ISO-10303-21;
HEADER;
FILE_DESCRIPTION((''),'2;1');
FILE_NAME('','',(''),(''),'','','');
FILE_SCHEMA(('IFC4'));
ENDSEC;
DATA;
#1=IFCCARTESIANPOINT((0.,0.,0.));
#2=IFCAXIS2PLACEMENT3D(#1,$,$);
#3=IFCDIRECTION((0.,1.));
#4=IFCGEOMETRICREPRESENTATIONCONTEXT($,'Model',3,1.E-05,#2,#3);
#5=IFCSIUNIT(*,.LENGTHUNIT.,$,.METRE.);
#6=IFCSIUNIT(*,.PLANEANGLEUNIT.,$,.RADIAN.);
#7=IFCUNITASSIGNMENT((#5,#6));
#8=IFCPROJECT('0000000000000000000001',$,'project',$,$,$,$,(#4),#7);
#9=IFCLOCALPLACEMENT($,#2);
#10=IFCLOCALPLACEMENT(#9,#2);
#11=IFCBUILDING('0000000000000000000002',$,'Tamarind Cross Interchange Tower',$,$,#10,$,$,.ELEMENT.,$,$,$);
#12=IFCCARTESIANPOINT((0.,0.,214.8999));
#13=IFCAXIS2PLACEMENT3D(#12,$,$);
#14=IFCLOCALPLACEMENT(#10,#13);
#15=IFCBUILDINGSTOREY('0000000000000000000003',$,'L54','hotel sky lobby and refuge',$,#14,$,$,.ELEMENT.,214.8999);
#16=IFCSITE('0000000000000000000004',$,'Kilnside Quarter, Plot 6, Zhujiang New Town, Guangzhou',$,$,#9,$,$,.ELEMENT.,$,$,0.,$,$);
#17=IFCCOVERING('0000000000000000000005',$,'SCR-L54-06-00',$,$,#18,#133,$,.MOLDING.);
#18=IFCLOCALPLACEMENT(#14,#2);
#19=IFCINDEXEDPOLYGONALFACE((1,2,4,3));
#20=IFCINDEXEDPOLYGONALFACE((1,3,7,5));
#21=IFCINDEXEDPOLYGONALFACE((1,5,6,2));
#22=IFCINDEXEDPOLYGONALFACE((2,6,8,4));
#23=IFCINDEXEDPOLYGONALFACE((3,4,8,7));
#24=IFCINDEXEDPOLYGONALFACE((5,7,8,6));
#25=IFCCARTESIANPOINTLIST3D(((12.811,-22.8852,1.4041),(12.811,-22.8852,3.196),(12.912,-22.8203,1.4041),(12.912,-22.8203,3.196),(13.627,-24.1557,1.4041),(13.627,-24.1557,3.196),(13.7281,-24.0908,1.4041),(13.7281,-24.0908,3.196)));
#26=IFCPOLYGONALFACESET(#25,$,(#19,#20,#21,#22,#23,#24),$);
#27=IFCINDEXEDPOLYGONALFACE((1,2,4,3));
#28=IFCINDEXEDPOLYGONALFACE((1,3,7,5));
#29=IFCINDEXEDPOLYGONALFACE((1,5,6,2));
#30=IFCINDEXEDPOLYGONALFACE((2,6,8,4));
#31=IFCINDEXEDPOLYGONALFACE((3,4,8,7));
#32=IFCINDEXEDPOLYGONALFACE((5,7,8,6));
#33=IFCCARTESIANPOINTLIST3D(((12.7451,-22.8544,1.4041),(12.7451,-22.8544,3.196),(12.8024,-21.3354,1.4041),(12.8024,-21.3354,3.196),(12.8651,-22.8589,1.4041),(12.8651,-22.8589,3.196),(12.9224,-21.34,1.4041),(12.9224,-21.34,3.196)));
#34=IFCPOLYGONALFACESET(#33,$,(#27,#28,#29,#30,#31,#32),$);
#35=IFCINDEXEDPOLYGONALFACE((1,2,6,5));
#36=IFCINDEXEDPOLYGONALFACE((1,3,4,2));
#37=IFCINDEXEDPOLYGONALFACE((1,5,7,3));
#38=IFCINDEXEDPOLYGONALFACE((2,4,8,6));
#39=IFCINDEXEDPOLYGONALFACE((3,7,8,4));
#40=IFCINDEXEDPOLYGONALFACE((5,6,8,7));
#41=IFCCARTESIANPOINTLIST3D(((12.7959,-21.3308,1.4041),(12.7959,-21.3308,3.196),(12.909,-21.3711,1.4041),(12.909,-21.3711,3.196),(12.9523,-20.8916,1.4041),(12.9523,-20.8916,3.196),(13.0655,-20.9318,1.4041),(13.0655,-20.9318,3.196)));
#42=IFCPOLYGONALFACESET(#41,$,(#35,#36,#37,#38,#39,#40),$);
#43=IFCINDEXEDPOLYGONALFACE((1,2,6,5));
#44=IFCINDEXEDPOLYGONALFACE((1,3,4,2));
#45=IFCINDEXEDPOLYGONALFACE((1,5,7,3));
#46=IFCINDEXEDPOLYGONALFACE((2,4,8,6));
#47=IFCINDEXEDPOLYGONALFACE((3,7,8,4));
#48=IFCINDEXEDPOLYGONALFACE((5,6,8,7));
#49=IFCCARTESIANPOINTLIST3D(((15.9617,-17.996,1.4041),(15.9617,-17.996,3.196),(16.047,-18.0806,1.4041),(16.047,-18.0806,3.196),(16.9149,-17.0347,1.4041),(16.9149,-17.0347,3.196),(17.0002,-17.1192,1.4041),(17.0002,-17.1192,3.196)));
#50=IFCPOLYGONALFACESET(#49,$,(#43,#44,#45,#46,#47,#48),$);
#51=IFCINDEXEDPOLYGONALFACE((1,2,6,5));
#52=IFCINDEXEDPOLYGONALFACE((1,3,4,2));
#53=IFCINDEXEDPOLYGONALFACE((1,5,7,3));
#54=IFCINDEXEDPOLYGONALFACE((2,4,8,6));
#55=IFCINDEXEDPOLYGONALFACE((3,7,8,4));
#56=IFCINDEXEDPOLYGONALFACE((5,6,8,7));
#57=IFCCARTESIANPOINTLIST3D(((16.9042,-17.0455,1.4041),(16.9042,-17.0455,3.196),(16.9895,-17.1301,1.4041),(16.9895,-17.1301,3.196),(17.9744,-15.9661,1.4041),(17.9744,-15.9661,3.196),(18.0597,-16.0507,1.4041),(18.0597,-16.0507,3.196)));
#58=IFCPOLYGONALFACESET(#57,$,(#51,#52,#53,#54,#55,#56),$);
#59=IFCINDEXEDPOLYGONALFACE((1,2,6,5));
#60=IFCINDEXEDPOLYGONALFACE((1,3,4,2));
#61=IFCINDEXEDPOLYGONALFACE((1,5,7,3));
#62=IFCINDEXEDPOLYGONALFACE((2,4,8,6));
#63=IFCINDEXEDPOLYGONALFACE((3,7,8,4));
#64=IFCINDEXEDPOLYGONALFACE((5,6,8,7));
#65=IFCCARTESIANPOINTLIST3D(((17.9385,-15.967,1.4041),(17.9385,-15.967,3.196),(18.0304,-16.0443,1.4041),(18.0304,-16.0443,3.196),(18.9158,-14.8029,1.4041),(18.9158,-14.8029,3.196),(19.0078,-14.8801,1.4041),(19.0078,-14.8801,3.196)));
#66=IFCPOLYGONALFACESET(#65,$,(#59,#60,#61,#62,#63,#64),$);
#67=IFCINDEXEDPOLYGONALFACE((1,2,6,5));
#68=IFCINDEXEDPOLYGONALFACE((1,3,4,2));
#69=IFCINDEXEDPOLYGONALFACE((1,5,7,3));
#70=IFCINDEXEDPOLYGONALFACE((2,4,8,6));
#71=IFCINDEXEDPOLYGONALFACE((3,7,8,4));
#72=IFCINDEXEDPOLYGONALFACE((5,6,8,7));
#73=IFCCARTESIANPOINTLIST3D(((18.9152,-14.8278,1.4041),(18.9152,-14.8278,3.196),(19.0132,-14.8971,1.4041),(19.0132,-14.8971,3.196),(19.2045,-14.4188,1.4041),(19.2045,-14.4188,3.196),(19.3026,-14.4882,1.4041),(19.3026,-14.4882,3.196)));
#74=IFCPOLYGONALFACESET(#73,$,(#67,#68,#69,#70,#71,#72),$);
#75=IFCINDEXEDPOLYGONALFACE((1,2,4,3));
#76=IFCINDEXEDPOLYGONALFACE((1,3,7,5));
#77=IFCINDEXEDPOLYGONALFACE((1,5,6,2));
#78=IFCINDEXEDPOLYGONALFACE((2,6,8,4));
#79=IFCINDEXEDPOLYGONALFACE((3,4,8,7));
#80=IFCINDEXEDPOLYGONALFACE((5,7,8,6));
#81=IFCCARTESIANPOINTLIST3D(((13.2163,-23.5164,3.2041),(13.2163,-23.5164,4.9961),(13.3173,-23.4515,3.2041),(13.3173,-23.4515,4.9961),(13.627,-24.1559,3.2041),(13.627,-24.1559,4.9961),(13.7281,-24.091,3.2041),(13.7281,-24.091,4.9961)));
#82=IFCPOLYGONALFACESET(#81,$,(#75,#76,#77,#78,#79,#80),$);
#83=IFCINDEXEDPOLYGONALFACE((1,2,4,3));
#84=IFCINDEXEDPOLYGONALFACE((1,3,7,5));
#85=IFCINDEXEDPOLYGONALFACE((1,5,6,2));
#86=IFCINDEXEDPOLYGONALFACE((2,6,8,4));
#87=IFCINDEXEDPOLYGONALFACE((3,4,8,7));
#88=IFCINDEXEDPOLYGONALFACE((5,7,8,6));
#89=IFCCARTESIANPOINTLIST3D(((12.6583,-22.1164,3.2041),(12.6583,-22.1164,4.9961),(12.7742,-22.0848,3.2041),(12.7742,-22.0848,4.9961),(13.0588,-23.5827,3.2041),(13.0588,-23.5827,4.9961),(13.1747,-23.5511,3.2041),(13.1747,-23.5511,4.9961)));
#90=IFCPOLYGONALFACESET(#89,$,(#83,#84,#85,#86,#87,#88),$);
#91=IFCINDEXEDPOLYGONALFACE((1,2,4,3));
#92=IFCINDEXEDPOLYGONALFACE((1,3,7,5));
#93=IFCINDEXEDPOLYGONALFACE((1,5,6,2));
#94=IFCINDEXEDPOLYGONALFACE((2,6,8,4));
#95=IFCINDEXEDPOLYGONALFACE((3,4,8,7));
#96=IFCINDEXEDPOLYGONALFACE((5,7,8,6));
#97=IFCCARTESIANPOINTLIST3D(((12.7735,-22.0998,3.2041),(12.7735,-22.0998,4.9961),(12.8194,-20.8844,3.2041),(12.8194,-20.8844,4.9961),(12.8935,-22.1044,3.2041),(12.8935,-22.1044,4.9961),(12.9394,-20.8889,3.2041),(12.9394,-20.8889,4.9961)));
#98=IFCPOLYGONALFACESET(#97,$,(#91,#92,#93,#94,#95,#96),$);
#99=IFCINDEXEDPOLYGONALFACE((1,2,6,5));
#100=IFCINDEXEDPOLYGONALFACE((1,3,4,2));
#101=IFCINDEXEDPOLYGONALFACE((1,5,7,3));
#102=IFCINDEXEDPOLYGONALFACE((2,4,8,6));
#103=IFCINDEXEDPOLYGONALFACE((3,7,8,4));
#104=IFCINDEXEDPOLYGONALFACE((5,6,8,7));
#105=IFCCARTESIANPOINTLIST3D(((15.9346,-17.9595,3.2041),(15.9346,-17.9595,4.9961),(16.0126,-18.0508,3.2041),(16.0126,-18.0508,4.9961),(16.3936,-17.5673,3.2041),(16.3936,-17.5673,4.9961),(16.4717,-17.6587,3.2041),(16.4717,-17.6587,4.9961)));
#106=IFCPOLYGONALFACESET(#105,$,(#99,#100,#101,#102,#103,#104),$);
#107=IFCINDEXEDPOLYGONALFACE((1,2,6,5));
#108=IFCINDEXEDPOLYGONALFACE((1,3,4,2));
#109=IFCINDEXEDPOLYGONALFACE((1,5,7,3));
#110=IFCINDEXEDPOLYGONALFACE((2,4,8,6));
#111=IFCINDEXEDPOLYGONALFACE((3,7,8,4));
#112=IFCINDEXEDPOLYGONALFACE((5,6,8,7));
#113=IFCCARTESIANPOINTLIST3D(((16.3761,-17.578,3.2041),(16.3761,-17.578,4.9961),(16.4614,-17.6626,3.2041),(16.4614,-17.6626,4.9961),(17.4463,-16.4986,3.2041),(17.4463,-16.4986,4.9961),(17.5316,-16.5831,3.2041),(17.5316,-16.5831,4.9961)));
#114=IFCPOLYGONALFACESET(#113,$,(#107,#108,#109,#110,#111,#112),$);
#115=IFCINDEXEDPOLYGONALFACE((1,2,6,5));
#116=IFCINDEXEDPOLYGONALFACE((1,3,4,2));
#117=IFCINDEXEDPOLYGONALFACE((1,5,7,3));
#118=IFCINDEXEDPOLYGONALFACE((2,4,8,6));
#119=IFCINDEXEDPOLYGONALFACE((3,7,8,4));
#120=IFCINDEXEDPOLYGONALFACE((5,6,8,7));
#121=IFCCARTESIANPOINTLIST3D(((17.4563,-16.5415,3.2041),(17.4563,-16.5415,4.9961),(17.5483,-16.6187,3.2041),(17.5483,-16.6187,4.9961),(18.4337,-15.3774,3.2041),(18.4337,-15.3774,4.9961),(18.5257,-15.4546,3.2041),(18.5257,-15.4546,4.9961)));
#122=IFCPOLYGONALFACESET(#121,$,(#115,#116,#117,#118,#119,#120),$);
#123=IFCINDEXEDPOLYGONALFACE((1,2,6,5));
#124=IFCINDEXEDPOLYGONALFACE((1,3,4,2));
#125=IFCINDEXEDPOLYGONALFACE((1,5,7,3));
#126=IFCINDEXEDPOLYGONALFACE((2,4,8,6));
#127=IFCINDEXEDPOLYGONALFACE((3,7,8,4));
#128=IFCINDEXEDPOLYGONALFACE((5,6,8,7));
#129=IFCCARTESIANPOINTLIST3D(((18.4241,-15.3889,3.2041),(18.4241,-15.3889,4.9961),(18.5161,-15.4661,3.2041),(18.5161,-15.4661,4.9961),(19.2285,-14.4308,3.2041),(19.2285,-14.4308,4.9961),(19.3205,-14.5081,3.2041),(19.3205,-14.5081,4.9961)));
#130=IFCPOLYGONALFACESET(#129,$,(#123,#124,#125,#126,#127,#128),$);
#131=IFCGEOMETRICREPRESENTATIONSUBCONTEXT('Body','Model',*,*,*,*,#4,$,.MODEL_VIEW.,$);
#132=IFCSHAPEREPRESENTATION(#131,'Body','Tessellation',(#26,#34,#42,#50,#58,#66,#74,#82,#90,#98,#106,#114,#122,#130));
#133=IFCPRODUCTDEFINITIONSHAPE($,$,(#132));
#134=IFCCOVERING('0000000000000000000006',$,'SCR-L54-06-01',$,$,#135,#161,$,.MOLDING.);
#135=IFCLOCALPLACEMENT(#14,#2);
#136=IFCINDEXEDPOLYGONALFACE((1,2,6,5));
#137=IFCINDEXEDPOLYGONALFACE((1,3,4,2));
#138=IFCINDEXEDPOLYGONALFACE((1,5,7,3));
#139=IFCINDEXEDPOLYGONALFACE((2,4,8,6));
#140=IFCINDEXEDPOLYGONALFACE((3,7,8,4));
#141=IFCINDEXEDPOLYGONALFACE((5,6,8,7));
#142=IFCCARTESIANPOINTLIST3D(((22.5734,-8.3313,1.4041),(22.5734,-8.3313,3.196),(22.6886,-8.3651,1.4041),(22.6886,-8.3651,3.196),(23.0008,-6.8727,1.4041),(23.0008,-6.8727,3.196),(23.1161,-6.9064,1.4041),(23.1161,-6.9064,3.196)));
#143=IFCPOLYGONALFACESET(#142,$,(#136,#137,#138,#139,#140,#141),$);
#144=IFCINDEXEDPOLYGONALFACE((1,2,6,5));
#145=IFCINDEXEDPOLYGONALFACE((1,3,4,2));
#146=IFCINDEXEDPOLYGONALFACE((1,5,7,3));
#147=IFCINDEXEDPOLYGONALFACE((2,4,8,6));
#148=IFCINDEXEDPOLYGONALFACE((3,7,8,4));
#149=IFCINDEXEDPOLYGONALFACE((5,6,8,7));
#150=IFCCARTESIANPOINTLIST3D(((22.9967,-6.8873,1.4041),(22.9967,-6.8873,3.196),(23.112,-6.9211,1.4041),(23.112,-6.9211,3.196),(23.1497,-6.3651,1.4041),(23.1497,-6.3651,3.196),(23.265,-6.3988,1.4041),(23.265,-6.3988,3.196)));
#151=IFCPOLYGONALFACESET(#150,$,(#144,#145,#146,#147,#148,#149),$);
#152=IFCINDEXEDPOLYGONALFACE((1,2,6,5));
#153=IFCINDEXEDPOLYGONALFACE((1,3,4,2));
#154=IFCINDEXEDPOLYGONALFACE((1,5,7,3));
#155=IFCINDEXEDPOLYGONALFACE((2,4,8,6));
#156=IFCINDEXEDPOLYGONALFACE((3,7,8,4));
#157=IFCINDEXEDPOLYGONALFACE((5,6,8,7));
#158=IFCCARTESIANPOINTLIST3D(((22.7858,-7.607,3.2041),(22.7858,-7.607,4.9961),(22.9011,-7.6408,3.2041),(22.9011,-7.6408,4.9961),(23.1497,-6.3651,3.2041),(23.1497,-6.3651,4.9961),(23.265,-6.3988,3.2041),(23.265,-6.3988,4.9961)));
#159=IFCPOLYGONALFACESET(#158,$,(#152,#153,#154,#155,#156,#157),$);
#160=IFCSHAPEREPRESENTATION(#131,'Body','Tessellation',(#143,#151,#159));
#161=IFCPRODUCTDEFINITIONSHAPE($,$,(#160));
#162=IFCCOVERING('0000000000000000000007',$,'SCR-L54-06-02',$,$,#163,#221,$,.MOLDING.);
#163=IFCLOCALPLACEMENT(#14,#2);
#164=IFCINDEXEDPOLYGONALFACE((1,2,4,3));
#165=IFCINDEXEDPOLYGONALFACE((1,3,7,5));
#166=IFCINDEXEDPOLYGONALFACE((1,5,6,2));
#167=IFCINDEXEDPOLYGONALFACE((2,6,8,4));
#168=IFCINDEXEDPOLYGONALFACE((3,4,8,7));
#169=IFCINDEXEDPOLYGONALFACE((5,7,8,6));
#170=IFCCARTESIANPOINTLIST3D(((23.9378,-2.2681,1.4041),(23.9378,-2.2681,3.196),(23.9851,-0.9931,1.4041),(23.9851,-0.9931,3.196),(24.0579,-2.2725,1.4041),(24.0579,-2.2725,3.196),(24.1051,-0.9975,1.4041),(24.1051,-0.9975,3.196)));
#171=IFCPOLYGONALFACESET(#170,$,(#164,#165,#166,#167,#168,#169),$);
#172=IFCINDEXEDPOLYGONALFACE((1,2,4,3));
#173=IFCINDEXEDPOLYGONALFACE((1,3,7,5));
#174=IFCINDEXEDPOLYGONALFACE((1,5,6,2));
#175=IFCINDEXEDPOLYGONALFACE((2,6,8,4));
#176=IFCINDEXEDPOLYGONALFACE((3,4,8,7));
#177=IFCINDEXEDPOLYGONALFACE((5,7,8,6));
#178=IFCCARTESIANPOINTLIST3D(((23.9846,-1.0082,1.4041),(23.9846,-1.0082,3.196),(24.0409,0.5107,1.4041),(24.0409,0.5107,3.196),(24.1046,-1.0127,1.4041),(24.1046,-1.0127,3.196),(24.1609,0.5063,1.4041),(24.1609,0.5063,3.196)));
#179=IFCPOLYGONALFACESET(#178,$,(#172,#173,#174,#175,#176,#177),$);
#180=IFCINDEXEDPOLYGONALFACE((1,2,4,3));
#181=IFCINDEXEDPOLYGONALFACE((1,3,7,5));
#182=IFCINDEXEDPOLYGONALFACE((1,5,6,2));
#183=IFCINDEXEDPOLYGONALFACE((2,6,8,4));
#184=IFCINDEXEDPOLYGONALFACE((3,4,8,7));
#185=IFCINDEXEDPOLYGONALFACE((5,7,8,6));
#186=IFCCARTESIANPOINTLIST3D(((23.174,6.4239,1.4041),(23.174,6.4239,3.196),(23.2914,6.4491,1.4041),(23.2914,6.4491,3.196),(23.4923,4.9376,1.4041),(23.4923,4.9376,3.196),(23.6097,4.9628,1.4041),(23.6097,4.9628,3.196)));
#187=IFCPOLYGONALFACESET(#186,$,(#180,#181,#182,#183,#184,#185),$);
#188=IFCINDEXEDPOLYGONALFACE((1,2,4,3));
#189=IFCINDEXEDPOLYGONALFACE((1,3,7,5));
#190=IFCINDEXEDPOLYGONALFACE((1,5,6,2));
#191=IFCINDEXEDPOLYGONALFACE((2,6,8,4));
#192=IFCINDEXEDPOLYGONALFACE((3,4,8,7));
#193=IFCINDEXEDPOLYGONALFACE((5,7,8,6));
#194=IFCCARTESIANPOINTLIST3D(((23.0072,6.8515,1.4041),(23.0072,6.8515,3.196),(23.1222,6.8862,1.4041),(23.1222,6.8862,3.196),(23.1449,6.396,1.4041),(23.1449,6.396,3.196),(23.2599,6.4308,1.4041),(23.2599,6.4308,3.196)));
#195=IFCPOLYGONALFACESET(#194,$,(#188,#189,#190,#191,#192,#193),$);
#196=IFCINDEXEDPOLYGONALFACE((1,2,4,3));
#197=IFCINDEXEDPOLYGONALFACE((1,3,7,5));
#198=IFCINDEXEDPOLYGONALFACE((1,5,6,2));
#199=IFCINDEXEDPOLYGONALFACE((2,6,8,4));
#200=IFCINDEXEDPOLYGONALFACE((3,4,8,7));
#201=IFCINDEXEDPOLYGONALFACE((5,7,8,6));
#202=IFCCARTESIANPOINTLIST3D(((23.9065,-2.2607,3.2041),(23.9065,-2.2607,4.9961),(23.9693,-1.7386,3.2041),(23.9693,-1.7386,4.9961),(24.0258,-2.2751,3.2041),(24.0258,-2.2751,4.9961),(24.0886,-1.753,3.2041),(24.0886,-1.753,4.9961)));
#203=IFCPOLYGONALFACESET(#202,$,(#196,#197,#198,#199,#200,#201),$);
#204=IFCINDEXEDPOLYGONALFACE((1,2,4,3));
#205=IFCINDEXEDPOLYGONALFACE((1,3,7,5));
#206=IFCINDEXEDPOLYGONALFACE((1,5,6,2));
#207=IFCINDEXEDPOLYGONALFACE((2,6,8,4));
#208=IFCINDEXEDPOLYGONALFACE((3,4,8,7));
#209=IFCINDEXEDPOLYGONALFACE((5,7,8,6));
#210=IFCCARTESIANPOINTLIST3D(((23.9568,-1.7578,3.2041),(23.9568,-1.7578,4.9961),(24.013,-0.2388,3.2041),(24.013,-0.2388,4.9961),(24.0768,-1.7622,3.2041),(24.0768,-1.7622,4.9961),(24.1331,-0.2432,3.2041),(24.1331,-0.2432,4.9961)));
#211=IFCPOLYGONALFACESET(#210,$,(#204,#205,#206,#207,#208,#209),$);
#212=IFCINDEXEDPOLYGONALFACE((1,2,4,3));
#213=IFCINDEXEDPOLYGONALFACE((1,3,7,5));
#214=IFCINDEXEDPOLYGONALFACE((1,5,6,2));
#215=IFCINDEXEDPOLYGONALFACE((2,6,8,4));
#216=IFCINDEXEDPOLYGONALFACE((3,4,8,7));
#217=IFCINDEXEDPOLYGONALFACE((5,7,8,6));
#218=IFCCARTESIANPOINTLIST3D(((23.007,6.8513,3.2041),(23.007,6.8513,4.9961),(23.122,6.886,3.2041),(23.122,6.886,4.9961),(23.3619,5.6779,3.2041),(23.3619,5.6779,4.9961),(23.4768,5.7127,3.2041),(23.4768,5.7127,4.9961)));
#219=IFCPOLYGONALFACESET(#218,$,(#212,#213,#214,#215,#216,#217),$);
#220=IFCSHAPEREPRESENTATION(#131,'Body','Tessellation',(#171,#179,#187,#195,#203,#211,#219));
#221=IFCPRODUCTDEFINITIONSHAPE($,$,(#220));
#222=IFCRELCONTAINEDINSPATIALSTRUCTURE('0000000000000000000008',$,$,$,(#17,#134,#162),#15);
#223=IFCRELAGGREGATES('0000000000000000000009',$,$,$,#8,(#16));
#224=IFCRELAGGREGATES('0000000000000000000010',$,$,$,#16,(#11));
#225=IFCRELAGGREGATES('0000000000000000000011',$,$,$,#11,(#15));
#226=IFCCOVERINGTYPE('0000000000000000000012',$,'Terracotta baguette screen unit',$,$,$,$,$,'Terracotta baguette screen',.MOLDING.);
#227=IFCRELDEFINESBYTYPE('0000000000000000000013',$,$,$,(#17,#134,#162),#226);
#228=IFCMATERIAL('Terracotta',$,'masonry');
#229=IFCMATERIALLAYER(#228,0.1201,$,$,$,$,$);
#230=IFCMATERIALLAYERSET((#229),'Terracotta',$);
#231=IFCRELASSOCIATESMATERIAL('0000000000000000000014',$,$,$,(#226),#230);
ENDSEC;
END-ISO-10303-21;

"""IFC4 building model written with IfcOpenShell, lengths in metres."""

from ifc_helpers import new_model, si_unit, direction, frame, origin, origin_2d, place, context, subcontext, project, spatial, rectangle, extrude, material, layer, layer_set, type_object, element, save


model = new_model("IFC4")

# Units and contexts
model_context = context("Model", 3, precision=1e-05, world=origin(), true_north=direction((0.0, 1.0)))
body_context = subcontext(model_context, "Body", "Model", "MODEL_VIEW")
ifc_project = project(units=[si_unit("LENGTHUNIT", "METRE"), si_unit("PLANEANGLEUNIT", "RADIAN")], contexts=[model_context])

# Site, building, storey
site_placement = place(None, origin())
site = spatial("IfcSite", under=ifc_project, at=site_placement, Name="Kilnside Quarter, Plot 6, Zhujiang New Town, Guangzhou", CompositionType="ELEMENT", RefElevation=0.0)
building_placement = place(site_placement, origin())
building = spatial("IfcBuilding", under=site, at=building_placement, Name="Tamarind Cross Interchange Tower", CompositionType="ELEMENT")
storey_placement = place(building_placement, frame((0.0, 0.0, 214.8999)))
storey = spatial("IfcBuildingStorey", under=building, at=storey_placement, Name="L54", Description="hotel sky lobby and refuge", CompositionType="ELEMENT", Elevation=214.8999)

# Coverings
ifc_material_1 = material(Name="Terracotta", Category="masonry")
ifc_layer_1 = layer(ifc_material_1, 0.1201)
ifc_layer_set_1 = layer_set([ifc_layer_1], Name="Terracotta")
covering_type = type_object("IfcCoveringType", Name="Terracotta baguette screen unit", ElementType="Terracotta baguette screen", PredefinedType="MOLDING", material=ifc_layer_set_1)
covering_1_placement = place(storey_placement, origin())
element("IfcCovering", 1, at=covering_1_placement, inside=storey, type_object=covering_type, Name="SCR-L54-06-00", PredefinedType="MOLDING", context=body_context, shape_type="SweptSolid", body=[
    extrude(rectangle(XDim=1.51, YDim=0.1201, at=origin_2d()), frame((13.2695, -23.488, 1.4041), z_axis=(0.0, 0.0, 1.0), x_axis=(-0.540432, 0.841388, 0.0)), (0.0, 0.0, 1.0), 1.792),
    extrude(rectangle(XDim=1.52, YDim=0.1201, at=origin_2d()), frame((12.8337, -22.0972, 1.4041), z_axis=(0.0, 0.0, 1.0), x_axis=(0.037719, 0.999288, 0.0)), (0.0, 0.0, 1.0), 1.792),
    extrude(rectangle(XDim=0.4663, YDim=0.1201, at=origin_2d()), frame((12.9307, -21.1313, 1.4041), z_axis=(0.0, 0.0, 1.0), x_axis=(0.335435, 0.942063, 0.0)), (0.0, 0.0, 1.0), 1.792),
    extrude(rectangle(XDim=1.3538, YDim=0.1201, at=origin_2d()), frame((16.481, -17.5576, 1.4041), z_axis=(0.0, 0.0, 1.0), x_axis=(0.704057, 0.710143, 0.0)), (0.0, 0.0, 1.0), 1.792),
    extrude(rectangle(XDim=1.52, YDim=0.1201, at=origin_2d()), frame((17.4819, -16.5481, 1.4041), z_axis=(0.0, 0.0, 1.0), x_axis=(0.704057, 0.710143, 0.0)), (0.0, 0.0, 1.0), 1.792),
    extrude(rectangle(XDim=1.52, YDim=0.1201, at=origin_2d()), frame((18.4731, -15.4236, 1.4041), z_axis=(0.0, 0.0, 1.0), x_axis=(0.643009, 0.765858, 0.0)), (0.0, 0.0, 1.0), 1.792),
    extrude(rectangle(XDim=0.501, YDim=0.1201, at=origin_2d()), frame((19.1089, -14.658, 1.4041), z_axis=(0.0, 0.0, 1.0), x_axis=(0.577569, 0.816342, 0.0)), (0.0, 0.0, 1.0), 1.792),
    extrude(rectangle(XDim=0.76, YDim=0.1201, at=origin_2d()), frame((13.4722, -23.8037, 3.2041), z_axis=(0.0, 0.0, 1.0), x_axis=(-0.540432, 0.841388, 0.0)), (0.0, 0.0, 1.0), 1.792),
    extrude(rectangle(XDim=1.52, YDim=0.1201, at=origin_2d()), frame((12.9165, -22.8337, 3.2041), z_axis=(0.0, 0.0, 1.0), x_axis=(-0.263464, 0.964669, 0.0)), (0.0, 0.0, 1.0), 1.792),
    extrude(rectangle(XDim=1.2163, YDim=0.1201, at=origin_2d()), frame((12.8564, -21.4944, 3.2041), z_axis=(0.0, 0.0, 1.0), x_axis=(0.037719, 0.999288, 0.0)), (0.0, 0.0, 1.0), 1.792),
    extrude(rectangle(XDim=0.6038, YDim=0.1201, at=origin_2d()), frame((16.2031, -17.8091, 3.2041), z_axis=(0.0, 0.0, 1.0), x_axis=(0.760296, 0.649577, 0.0)), (0.0, 0.0, 1.0), 1.792),
    extrude(rectangle(XDim=1.52, YDim=0.1201, at=origin_2d()), frame((16.9539, -17.0806, 3.2041), z_axis=(0.0, 0.0, 1.0), x_axis=(0.704057, 0.710143, 0.0)), (0.0, 0.0, 1.0), 1.792),
    extrude(rectangle(XDim=1.52, YDim=0.1201, at=origin_2d()), frame((17.991, -15.998, 3.2041), z_axis=(0.0, 0.0, 1.0), x_axis=(0.643009, 0.765858, 0.0)), (0.0, 0.0, 1.0), 1.792),
    extrude(rectangle(XDim=1.251, YDim=0.1201, at=origin_2d()), frame((18.8723, -14.9485, 3.2041), z_axis=(0.0, 0.0, 1.0), x_axis=(0.643009, 0.765858, 0.0)), (0.0, 0.0, 1.0), 1.792),
])
covering_2_placement = place(storey_placement, origin())
element("IfcCovering", 2, at=covering_2_placement, inside=storey, type_object=covering_type, Name="SCR-L54-06-01", PredefinedType="MOLDING", context=body_context, shape_type="SweptSolid", body=[
    extrude(rectangle(XDim=1.52, YDim=0.1201, at=origin_2d()), frame((22.8447, -7.6189, 1.4041), z_axis=(0.0, 0.0, 1.0), x_axis=(0.281209, 0.959647, 0.0)), (0.0, 0.0, 1.0), 1.792),
    extrude(rectangle(XDim=0.5442, YDim=0.1201, at=origin_2d()), frame((23.1309, -6.6431, 1.4041), z_axis=(0.0, 0.0, 1.0), x_axis=(0.281209, 0.959647, 0.0)), (0.0, 0.0, 1.0), 1.792),
    extrude(rectangle(XDim=1.2942, YDim=0.1201, at=origin_2d()), frame((23.0254, -7.0029, 3.2041), z_axis=(0.0, 0.0, 1.0), x_axis=(0.281209, 0.959647, 0.0)), (0.0, 0.0, 1.0), 1.792),
])
covering_3_placement = place(storey_placement, origin())
element("IfcCovering", 3, at=covering_3_placement, inside=storey, type_object=covering_type, Name="SCR-L54-06-02", PredefinedType="MOLDING", context=body_context, shape_type="SweptSolid", body=[
    extrude(rectangle(XDim=1.2759, YDim=0.1201, at=origin_2d()), frame((24.0215, -1.6328, 1.4041), z_axis=(0.0, 0.0, 1.0), x_axis=(0.037025, 0.999314, 0.0)), (0.0, 0.0, 1.0), 1.792),
    extrude(rectangle(XDim=1.52, YDim=0.1201, at=origin_2d()), frame((24.0728, -0.251, 1.4041), z_axis=(0.0, 0.0, 1.0), x_axis=(0.037025, 0.999314, 0.0)), (0.0, 0.0, 1.0), 1.792),
    extrude(rectangle(XDim=1.52, YDim=0.1201, at=origin_2d()), frame((23.3918, 5.6934, 1.4041), z_axis=(0.0, 0.0, 1.0), x_axis=(-0.209425, 0.977825, 0.0)), (0.0, 0.0, 1.0), 1.792),
    extrude(rectangle(XDim=0.4758, YDim=0.1201, at=origin_2d()), frame((23.1335, 6.6411, 1.4041), z_axis=(0.0, 0.0, 1.0), x_axis=(-0.289458, 0.957191, 0.0)), (0.0, 0.0, 1.0), 1.792),
    extrude(rectangle(XDim=0.5259, YDim=0.1201, at=origin_2d()), frame((23.9976, -2.0068, 3.2041), z_axis=(0.0, 0.0, 1.0), x_axis=(0.119421, 0.992844, 0.0)), (0.0, 0.0, 1.0), 1.792),
    extrude(rectangle(XDim=1.52, YDim=0.1201, at=origin_2d()), frame((24.0449, -1.0005, 3.2041), z_axis=(0.0, 0.0, 1.0), x_axis=(0.037025, 0.999314, 0.0)), (0.0, 0.0, 1.0), 1.792),
    extrude(rectangle(XDim=1.2258, YDim=0.1201, at=origin_2d()), frame((23.2419, 6.282, 3.2041), z_axis=(0.0, 0.0, 1.0), x_axis=(-0.289458, 0.957191, 0.0)), (0.0, 0.0, 1.0), 1.792),
])

save(model, "model.ifc")
